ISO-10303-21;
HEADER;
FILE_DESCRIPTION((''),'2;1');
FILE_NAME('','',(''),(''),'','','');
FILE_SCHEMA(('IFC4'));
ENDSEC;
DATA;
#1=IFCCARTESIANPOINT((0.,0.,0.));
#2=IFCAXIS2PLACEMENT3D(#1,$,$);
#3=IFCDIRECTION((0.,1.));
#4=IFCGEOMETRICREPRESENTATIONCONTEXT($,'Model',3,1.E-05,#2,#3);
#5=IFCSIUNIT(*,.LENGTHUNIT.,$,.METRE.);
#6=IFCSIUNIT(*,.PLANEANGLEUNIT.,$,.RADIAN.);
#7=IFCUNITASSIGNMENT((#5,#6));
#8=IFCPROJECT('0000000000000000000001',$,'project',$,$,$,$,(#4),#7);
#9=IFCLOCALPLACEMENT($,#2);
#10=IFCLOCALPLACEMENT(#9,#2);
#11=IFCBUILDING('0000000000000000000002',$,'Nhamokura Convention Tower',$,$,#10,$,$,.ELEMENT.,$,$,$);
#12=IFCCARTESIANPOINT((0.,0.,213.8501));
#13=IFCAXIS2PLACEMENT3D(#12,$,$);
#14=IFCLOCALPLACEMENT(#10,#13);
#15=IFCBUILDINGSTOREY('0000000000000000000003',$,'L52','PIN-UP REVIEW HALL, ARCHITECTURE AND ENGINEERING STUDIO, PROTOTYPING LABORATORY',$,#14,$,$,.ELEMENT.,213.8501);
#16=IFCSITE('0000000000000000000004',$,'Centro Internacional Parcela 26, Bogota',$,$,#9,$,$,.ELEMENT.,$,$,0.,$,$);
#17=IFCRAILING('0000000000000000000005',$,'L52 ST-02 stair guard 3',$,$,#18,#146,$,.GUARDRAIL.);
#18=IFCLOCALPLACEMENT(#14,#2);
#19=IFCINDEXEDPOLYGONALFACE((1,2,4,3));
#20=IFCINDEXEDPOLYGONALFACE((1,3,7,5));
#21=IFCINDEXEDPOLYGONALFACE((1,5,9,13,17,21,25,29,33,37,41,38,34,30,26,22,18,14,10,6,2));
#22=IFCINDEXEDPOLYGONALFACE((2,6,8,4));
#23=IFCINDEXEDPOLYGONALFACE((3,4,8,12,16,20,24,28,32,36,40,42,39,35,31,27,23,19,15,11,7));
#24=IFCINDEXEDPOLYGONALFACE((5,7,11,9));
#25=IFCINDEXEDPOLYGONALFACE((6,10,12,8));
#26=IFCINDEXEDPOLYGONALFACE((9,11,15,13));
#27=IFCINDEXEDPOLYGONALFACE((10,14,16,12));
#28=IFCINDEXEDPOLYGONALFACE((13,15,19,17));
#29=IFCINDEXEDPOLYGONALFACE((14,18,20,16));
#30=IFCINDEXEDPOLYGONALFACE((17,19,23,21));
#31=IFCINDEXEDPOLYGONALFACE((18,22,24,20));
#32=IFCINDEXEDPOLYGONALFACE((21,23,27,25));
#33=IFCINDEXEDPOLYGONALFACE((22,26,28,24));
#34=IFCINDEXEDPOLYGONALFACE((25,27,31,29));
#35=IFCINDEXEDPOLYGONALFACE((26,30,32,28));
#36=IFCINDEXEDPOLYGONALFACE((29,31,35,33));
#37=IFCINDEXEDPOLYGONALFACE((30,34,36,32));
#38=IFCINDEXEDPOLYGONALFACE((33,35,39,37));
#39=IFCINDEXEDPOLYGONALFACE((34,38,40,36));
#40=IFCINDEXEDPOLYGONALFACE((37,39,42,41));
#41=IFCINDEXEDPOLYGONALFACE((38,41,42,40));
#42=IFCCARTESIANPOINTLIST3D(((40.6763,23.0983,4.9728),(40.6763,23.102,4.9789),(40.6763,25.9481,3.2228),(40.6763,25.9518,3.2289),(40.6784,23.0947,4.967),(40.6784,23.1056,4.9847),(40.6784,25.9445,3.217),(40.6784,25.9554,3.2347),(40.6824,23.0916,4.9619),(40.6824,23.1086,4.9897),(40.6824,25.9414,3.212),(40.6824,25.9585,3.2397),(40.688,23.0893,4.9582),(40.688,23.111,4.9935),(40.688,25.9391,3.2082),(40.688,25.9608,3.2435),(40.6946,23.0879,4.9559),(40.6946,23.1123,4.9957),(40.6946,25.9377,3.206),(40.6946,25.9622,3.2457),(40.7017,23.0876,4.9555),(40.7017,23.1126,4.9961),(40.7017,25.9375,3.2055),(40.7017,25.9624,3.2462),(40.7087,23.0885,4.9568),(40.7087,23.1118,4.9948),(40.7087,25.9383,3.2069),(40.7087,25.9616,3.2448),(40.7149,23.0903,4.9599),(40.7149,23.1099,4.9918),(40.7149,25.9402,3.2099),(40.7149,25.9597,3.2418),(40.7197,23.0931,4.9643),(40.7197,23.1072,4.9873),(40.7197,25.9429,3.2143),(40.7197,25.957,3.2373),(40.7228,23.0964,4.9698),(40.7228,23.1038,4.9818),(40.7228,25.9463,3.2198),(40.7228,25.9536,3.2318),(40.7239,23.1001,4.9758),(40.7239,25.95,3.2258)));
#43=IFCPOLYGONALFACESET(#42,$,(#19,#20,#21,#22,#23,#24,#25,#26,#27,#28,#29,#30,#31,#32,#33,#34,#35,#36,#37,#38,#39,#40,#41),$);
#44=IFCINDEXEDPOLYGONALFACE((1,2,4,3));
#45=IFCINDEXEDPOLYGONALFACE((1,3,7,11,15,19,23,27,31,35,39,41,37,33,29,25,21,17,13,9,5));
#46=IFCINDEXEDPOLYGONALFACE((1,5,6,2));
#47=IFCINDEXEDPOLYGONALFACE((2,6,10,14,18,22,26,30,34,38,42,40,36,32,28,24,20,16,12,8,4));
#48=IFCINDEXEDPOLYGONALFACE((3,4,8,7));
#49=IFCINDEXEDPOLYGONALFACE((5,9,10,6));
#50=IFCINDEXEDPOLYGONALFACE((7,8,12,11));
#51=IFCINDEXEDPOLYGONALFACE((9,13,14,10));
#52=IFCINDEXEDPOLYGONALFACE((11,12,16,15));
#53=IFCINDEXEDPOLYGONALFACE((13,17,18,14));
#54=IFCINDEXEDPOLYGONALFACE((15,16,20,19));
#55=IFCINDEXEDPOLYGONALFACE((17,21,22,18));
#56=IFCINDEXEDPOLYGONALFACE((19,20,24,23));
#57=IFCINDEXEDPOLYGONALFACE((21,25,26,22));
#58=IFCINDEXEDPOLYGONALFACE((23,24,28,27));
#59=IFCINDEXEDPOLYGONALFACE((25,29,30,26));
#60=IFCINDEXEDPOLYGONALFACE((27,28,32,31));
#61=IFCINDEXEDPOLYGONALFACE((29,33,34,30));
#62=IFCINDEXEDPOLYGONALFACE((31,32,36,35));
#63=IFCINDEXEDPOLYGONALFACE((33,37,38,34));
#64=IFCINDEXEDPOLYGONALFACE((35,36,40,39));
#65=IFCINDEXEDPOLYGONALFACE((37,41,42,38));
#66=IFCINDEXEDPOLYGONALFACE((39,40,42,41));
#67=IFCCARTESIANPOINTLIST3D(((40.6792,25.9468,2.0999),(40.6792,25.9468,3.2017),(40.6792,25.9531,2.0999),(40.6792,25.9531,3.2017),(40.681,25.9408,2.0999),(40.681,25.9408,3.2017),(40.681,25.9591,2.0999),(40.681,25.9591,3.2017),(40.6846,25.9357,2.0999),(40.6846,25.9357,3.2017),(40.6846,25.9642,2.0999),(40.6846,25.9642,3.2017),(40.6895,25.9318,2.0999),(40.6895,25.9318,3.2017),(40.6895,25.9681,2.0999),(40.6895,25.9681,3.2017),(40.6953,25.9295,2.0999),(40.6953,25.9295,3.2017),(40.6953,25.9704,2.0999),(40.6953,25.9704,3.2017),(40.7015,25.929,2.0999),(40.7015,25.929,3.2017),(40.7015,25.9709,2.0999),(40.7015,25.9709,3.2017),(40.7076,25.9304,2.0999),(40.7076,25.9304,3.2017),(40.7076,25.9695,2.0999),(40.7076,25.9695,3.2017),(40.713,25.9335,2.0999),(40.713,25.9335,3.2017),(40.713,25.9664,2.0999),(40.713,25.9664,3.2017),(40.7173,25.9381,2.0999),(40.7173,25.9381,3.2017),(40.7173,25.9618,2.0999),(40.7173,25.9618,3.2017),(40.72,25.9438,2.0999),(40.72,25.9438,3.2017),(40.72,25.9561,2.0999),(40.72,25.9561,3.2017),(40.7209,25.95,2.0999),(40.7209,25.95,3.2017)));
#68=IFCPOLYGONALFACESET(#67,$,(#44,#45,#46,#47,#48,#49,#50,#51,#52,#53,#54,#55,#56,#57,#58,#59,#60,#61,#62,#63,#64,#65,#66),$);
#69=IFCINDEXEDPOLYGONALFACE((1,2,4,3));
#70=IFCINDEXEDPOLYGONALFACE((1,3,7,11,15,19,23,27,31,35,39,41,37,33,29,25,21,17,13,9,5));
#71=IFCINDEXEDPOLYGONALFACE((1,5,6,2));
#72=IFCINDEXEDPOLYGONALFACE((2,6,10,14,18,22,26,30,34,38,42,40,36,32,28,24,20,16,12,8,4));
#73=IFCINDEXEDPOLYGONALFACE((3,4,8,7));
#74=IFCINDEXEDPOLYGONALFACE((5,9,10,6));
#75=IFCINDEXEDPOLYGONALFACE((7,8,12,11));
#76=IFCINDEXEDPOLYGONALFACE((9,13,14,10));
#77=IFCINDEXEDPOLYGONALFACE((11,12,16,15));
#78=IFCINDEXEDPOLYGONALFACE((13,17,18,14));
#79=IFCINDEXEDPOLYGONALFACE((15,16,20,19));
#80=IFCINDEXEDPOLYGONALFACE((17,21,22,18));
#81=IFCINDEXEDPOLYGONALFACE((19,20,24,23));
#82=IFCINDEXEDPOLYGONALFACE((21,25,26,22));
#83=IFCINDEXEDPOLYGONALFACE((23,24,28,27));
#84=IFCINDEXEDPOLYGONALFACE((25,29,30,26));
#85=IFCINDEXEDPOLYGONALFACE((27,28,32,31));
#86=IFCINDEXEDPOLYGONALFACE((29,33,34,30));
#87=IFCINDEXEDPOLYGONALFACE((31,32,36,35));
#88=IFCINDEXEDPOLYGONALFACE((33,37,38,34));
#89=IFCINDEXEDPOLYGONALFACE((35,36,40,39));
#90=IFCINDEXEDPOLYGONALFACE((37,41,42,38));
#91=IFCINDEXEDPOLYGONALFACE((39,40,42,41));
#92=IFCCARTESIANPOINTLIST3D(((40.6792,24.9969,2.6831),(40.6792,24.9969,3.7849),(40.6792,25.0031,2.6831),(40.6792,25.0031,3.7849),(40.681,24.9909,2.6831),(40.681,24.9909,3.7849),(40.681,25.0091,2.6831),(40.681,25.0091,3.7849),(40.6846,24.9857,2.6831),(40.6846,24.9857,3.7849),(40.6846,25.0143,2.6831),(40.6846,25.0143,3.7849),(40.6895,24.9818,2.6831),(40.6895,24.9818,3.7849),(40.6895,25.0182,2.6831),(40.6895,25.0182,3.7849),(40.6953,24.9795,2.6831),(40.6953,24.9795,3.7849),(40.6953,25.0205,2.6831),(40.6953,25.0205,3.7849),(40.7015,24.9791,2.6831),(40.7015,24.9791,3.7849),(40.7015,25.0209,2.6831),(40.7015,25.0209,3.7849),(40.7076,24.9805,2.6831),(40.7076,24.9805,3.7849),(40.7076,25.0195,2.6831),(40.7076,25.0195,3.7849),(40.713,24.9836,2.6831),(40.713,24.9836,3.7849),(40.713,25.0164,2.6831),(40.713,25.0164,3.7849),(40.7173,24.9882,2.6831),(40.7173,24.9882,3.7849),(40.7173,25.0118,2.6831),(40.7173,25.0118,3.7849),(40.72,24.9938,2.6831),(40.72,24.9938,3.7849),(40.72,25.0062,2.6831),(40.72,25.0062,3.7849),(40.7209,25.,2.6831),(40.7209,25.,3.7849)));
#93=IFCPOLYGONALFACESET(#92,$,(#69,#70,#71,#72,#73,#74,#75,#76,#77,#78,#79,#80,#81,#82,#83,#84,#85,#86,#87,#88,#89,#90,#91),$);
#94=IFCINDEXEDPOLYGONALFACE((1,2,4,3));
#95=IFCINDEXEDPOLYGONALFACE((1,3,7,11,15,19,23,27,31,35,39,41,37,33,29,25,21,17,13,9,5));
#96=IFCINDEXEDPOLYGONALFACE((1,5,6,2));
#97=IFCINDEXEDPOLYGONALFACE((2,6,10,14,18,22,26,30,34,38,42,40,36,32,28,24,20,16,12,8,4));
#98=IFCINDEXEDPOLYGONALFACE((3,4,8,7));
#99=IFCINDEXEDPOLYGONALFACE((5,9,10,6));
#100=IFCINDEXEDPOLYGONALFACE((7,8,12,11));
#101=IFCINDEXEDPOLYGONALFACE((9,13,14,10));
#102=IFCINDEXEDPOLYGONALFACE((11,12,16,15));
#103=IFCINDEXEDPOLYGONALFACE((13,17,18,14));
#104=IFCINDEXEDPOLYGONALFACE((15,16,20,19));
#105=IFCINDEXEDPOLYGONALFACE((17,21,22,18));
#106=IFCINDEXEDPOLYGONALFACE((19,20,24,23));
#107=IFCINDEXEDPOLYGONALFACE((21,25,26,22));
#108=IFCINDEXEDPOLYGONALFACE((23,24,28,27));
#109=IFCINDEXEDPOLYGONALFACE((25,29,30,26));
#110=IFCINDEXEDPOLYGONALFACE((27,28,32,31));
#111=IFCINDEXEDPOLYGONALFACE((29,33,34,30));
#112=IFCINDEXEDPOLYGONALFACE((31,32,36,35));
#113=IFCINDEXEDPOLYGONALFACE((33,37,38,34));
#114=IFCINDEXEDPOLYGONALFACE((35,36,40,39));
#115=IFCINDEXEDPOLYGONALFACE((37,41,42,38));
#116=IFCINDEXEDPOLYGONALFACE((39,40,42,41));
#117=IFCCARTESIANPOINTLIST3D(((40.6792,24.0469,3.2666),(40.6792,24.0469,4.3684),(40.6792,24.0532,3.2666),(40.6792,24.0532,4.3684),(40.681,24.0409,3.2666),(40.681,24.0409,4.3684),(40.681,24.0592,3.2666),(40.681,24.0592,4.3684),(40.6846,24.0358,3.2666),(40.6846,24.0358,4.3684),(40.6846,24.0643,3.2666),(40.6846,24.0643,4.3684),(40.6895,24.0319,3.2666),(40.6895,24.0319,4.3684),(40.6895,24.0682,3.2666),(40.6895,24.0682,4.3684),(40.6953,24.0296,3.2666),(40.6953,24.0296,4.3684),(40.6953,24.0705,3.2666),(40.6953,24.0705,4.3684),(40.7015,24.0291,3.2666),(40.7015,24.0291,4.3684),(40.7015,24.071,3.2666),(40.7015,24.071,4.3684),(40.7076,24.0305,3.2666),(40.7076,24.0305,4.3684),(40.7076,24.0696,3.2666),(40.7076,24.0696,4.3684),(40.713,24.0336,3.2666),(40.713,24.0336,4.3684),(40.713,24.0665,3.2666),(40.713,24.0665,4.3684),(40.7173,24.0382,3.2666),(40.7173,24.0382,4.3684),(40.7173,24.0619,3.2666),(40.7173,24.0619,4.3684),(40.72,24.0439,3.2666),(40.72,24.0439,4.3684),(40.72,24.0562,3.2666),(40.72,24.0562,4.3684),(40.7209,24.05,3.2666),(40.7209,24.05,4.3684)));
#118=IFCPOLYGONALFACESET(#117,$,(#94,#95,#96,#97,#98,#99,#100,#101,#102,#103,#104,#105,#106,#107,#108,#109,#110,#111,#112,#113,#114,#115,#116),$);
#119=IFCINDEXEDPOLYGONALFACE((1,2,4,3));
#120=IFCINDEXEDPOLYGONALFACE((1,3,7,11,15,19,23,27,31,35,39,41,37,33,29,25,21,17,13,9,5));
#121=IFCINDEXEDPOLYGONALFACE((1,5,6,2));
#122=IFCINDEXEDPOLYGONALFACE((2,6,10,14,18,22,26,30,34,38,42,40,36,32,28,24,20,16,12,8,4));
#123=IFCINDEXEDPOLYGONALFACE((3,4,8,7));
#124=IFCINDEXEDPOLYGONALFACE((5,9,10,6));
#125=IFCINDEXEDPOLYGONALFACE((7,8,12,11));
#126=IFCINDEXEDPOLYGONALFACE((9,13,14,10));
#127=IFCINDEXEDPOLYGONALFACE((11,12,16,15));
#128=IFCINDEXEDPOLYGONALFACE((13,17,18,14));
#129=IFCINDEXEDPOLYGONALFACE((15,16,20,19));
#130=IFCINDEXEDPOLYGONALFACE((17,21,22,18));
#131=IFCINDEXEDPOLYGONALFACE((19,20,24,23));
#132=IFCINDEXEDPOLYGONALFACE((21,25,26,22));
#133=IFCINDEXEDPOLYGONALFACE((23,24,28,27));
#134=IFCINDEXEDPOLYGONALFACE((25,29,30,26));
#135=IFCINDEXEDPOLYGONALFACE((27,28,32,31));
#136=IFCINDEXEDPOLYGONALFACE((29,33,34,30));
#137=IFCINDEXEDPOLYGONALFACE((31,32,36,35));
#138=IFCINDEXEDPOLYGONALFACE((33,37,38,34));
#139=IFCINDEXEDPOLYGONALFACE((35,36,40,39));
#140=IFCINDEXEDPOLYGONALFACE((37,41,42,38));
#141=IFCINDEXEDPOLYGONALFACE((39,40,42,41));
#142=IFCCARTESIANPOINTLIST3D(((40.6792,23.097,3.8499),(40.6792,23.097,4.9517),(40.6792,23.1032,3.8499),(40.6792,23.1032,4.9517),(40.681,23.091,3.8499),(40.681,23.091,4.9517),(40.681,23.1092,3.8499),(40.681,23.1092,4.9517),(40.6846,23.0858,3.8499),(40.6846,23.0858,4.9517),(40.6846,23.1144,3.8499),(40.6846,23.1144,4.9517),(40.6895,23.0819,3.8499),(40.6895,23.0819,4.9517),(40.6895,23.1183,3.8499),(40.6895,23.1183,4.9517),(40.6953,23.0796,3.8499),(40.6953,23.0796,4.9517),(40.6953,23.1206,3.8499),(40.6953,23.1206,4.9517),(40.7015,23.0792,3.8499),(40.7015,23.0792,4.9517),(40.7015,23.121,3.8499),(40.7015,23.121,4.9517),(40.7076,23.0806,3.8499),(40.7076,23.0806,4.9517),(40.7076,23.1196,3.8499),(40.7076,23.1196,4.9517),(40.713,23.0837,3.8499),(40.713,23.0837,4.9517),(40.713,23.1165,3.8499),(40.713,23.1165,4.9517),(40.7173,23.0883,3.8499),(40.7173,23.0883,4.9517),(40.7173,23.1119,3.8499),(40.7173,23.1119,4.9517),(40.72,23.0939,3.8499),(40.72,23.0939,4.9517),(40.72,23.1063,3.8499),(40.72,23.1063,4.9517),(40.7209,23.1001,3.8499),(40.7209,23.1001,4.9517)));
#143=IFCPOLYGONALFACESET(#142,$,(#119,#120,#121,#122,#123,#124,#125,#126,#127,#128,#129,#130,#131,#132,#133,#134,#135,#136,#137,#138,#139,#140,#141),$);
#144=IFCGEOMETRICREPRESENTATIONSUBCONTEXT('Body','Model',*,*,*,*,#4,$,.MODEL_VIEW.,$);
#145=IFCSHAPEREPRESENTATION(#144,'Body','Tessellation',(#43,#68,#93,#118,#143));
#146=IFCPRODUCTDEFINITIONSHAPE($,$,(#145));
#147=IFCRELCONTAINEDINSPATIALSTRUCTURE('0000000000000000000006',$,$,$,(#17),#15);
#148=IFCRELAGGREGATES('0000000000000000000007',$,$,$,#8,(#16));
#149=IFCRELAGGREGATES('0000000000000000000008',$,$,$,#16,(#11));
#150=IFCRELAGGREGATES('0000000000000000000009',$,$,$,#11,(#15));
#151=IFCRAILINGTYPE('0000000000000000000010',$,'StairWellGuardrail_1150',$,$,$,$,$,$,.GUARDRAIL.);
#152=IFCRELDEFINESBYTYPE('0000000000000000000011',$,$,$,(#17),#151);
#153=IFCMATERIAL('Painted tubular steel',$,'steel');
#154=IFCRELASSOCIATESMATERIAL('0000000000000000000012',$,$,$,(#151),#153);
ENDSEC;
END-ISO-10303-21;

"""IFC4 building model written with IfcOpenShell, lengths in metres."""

from ifc_helpers import new_model, si_unit, direction, frame, origin, origin_2d, place, context, subcontext, project, spatial, circle, extrude, material, type_object, element, save


model = new_model("IFC4")

# Units and contexts
model_context = context("Model", 3, precision=1e-05, world=origin(), true_north=direction((0.0, 1.0)))
body_context = subcontext(model_context, "Body", "Model", "MODEL_VIEW")
ifc_project = project(units=[si_unit("LENGTHUNIT", "METRE"), si_unit("PLANEANGLEUNIT", "RADIAN")], contexts=[model_context])

# Site, building, storey
site_placement = place(None, origin())
site = spatial("IfcSite", under=ifc_project, at=site_placement, Name="Centro Internacional Parcela 26, Bogota", CompositionType="ELEMENT", RefElevation=0.0)
building_placement = place(site_placement, origin())
building = spatial("IfcBuilding", under=site, at=building_placement, Name="Nhamokura Convention Tower", CompositionType="ELEMENT")
storey_placement = place(building_placement, frame((0.0, 0.0, 213.8501)))
storey = spatial("IfcBuildingStorey", under=building, at=storey_placement, Name="L52", Description="PIN-UP REVIEW HALL, ARCHITECTURE AND ENGINEERING STUDIO, PROTOTYPING LABORATORY", CompositionType="ELEMENT", Elevation=213.8501)

# Railing
ifc_material_1 = material(Name="Painted tubular steel", Category="steel")
railing_type_1 = type_object("IfcRailingType", Name="StairWellGuardrail_1150", PredefinedType="GUARDRAIL", material=ifc_material_1)
railing_1_placement = place(storey_placement, frame((40.7, 25.95, 2.0999)))
element("IfcRailing", 1, at=railing_1_placement, inside=storey, type_object=railing_type_1, Name="L52 ST-02 stair guard 3", PredefinedType="GUARDRAIL", context=body_context, shape_type="SweptSolid", body=[
    extrude(circle(Radius=0.0239, at=origin_2d()), frame((0.0, 0.0, 1.126), z_axis=(0.0, -0.852159, 0.523283), x_axis=(1.0, 0.0, 0.0)), (0.0, 0.0, 1.0), 3.3442),
    extrude(circle(Radius=0.021, at=origin_2d()), origin(), (0.0, 0.0, 1.0), 1.1018),
    extrude(circle(Radius=0.021, at=origin_2d()), frame((0.0, -0.95, 0.5833)), (0.0, 0.0, 1.0), 1.1018),
    extrude(circle(Radius=0.021, at=origin_2d()), frame((0.0, -1.8999, 1.1667)), (0.0, 0.0, 1.0), 1.1018),
    extrude(circle(Radius=0.021, at=origin_2d()), frame((0.0, -2.8499, 1.75)), (0.0, 0.0, 1.0), 1.1018),
])

save(model, "model.ifc")
